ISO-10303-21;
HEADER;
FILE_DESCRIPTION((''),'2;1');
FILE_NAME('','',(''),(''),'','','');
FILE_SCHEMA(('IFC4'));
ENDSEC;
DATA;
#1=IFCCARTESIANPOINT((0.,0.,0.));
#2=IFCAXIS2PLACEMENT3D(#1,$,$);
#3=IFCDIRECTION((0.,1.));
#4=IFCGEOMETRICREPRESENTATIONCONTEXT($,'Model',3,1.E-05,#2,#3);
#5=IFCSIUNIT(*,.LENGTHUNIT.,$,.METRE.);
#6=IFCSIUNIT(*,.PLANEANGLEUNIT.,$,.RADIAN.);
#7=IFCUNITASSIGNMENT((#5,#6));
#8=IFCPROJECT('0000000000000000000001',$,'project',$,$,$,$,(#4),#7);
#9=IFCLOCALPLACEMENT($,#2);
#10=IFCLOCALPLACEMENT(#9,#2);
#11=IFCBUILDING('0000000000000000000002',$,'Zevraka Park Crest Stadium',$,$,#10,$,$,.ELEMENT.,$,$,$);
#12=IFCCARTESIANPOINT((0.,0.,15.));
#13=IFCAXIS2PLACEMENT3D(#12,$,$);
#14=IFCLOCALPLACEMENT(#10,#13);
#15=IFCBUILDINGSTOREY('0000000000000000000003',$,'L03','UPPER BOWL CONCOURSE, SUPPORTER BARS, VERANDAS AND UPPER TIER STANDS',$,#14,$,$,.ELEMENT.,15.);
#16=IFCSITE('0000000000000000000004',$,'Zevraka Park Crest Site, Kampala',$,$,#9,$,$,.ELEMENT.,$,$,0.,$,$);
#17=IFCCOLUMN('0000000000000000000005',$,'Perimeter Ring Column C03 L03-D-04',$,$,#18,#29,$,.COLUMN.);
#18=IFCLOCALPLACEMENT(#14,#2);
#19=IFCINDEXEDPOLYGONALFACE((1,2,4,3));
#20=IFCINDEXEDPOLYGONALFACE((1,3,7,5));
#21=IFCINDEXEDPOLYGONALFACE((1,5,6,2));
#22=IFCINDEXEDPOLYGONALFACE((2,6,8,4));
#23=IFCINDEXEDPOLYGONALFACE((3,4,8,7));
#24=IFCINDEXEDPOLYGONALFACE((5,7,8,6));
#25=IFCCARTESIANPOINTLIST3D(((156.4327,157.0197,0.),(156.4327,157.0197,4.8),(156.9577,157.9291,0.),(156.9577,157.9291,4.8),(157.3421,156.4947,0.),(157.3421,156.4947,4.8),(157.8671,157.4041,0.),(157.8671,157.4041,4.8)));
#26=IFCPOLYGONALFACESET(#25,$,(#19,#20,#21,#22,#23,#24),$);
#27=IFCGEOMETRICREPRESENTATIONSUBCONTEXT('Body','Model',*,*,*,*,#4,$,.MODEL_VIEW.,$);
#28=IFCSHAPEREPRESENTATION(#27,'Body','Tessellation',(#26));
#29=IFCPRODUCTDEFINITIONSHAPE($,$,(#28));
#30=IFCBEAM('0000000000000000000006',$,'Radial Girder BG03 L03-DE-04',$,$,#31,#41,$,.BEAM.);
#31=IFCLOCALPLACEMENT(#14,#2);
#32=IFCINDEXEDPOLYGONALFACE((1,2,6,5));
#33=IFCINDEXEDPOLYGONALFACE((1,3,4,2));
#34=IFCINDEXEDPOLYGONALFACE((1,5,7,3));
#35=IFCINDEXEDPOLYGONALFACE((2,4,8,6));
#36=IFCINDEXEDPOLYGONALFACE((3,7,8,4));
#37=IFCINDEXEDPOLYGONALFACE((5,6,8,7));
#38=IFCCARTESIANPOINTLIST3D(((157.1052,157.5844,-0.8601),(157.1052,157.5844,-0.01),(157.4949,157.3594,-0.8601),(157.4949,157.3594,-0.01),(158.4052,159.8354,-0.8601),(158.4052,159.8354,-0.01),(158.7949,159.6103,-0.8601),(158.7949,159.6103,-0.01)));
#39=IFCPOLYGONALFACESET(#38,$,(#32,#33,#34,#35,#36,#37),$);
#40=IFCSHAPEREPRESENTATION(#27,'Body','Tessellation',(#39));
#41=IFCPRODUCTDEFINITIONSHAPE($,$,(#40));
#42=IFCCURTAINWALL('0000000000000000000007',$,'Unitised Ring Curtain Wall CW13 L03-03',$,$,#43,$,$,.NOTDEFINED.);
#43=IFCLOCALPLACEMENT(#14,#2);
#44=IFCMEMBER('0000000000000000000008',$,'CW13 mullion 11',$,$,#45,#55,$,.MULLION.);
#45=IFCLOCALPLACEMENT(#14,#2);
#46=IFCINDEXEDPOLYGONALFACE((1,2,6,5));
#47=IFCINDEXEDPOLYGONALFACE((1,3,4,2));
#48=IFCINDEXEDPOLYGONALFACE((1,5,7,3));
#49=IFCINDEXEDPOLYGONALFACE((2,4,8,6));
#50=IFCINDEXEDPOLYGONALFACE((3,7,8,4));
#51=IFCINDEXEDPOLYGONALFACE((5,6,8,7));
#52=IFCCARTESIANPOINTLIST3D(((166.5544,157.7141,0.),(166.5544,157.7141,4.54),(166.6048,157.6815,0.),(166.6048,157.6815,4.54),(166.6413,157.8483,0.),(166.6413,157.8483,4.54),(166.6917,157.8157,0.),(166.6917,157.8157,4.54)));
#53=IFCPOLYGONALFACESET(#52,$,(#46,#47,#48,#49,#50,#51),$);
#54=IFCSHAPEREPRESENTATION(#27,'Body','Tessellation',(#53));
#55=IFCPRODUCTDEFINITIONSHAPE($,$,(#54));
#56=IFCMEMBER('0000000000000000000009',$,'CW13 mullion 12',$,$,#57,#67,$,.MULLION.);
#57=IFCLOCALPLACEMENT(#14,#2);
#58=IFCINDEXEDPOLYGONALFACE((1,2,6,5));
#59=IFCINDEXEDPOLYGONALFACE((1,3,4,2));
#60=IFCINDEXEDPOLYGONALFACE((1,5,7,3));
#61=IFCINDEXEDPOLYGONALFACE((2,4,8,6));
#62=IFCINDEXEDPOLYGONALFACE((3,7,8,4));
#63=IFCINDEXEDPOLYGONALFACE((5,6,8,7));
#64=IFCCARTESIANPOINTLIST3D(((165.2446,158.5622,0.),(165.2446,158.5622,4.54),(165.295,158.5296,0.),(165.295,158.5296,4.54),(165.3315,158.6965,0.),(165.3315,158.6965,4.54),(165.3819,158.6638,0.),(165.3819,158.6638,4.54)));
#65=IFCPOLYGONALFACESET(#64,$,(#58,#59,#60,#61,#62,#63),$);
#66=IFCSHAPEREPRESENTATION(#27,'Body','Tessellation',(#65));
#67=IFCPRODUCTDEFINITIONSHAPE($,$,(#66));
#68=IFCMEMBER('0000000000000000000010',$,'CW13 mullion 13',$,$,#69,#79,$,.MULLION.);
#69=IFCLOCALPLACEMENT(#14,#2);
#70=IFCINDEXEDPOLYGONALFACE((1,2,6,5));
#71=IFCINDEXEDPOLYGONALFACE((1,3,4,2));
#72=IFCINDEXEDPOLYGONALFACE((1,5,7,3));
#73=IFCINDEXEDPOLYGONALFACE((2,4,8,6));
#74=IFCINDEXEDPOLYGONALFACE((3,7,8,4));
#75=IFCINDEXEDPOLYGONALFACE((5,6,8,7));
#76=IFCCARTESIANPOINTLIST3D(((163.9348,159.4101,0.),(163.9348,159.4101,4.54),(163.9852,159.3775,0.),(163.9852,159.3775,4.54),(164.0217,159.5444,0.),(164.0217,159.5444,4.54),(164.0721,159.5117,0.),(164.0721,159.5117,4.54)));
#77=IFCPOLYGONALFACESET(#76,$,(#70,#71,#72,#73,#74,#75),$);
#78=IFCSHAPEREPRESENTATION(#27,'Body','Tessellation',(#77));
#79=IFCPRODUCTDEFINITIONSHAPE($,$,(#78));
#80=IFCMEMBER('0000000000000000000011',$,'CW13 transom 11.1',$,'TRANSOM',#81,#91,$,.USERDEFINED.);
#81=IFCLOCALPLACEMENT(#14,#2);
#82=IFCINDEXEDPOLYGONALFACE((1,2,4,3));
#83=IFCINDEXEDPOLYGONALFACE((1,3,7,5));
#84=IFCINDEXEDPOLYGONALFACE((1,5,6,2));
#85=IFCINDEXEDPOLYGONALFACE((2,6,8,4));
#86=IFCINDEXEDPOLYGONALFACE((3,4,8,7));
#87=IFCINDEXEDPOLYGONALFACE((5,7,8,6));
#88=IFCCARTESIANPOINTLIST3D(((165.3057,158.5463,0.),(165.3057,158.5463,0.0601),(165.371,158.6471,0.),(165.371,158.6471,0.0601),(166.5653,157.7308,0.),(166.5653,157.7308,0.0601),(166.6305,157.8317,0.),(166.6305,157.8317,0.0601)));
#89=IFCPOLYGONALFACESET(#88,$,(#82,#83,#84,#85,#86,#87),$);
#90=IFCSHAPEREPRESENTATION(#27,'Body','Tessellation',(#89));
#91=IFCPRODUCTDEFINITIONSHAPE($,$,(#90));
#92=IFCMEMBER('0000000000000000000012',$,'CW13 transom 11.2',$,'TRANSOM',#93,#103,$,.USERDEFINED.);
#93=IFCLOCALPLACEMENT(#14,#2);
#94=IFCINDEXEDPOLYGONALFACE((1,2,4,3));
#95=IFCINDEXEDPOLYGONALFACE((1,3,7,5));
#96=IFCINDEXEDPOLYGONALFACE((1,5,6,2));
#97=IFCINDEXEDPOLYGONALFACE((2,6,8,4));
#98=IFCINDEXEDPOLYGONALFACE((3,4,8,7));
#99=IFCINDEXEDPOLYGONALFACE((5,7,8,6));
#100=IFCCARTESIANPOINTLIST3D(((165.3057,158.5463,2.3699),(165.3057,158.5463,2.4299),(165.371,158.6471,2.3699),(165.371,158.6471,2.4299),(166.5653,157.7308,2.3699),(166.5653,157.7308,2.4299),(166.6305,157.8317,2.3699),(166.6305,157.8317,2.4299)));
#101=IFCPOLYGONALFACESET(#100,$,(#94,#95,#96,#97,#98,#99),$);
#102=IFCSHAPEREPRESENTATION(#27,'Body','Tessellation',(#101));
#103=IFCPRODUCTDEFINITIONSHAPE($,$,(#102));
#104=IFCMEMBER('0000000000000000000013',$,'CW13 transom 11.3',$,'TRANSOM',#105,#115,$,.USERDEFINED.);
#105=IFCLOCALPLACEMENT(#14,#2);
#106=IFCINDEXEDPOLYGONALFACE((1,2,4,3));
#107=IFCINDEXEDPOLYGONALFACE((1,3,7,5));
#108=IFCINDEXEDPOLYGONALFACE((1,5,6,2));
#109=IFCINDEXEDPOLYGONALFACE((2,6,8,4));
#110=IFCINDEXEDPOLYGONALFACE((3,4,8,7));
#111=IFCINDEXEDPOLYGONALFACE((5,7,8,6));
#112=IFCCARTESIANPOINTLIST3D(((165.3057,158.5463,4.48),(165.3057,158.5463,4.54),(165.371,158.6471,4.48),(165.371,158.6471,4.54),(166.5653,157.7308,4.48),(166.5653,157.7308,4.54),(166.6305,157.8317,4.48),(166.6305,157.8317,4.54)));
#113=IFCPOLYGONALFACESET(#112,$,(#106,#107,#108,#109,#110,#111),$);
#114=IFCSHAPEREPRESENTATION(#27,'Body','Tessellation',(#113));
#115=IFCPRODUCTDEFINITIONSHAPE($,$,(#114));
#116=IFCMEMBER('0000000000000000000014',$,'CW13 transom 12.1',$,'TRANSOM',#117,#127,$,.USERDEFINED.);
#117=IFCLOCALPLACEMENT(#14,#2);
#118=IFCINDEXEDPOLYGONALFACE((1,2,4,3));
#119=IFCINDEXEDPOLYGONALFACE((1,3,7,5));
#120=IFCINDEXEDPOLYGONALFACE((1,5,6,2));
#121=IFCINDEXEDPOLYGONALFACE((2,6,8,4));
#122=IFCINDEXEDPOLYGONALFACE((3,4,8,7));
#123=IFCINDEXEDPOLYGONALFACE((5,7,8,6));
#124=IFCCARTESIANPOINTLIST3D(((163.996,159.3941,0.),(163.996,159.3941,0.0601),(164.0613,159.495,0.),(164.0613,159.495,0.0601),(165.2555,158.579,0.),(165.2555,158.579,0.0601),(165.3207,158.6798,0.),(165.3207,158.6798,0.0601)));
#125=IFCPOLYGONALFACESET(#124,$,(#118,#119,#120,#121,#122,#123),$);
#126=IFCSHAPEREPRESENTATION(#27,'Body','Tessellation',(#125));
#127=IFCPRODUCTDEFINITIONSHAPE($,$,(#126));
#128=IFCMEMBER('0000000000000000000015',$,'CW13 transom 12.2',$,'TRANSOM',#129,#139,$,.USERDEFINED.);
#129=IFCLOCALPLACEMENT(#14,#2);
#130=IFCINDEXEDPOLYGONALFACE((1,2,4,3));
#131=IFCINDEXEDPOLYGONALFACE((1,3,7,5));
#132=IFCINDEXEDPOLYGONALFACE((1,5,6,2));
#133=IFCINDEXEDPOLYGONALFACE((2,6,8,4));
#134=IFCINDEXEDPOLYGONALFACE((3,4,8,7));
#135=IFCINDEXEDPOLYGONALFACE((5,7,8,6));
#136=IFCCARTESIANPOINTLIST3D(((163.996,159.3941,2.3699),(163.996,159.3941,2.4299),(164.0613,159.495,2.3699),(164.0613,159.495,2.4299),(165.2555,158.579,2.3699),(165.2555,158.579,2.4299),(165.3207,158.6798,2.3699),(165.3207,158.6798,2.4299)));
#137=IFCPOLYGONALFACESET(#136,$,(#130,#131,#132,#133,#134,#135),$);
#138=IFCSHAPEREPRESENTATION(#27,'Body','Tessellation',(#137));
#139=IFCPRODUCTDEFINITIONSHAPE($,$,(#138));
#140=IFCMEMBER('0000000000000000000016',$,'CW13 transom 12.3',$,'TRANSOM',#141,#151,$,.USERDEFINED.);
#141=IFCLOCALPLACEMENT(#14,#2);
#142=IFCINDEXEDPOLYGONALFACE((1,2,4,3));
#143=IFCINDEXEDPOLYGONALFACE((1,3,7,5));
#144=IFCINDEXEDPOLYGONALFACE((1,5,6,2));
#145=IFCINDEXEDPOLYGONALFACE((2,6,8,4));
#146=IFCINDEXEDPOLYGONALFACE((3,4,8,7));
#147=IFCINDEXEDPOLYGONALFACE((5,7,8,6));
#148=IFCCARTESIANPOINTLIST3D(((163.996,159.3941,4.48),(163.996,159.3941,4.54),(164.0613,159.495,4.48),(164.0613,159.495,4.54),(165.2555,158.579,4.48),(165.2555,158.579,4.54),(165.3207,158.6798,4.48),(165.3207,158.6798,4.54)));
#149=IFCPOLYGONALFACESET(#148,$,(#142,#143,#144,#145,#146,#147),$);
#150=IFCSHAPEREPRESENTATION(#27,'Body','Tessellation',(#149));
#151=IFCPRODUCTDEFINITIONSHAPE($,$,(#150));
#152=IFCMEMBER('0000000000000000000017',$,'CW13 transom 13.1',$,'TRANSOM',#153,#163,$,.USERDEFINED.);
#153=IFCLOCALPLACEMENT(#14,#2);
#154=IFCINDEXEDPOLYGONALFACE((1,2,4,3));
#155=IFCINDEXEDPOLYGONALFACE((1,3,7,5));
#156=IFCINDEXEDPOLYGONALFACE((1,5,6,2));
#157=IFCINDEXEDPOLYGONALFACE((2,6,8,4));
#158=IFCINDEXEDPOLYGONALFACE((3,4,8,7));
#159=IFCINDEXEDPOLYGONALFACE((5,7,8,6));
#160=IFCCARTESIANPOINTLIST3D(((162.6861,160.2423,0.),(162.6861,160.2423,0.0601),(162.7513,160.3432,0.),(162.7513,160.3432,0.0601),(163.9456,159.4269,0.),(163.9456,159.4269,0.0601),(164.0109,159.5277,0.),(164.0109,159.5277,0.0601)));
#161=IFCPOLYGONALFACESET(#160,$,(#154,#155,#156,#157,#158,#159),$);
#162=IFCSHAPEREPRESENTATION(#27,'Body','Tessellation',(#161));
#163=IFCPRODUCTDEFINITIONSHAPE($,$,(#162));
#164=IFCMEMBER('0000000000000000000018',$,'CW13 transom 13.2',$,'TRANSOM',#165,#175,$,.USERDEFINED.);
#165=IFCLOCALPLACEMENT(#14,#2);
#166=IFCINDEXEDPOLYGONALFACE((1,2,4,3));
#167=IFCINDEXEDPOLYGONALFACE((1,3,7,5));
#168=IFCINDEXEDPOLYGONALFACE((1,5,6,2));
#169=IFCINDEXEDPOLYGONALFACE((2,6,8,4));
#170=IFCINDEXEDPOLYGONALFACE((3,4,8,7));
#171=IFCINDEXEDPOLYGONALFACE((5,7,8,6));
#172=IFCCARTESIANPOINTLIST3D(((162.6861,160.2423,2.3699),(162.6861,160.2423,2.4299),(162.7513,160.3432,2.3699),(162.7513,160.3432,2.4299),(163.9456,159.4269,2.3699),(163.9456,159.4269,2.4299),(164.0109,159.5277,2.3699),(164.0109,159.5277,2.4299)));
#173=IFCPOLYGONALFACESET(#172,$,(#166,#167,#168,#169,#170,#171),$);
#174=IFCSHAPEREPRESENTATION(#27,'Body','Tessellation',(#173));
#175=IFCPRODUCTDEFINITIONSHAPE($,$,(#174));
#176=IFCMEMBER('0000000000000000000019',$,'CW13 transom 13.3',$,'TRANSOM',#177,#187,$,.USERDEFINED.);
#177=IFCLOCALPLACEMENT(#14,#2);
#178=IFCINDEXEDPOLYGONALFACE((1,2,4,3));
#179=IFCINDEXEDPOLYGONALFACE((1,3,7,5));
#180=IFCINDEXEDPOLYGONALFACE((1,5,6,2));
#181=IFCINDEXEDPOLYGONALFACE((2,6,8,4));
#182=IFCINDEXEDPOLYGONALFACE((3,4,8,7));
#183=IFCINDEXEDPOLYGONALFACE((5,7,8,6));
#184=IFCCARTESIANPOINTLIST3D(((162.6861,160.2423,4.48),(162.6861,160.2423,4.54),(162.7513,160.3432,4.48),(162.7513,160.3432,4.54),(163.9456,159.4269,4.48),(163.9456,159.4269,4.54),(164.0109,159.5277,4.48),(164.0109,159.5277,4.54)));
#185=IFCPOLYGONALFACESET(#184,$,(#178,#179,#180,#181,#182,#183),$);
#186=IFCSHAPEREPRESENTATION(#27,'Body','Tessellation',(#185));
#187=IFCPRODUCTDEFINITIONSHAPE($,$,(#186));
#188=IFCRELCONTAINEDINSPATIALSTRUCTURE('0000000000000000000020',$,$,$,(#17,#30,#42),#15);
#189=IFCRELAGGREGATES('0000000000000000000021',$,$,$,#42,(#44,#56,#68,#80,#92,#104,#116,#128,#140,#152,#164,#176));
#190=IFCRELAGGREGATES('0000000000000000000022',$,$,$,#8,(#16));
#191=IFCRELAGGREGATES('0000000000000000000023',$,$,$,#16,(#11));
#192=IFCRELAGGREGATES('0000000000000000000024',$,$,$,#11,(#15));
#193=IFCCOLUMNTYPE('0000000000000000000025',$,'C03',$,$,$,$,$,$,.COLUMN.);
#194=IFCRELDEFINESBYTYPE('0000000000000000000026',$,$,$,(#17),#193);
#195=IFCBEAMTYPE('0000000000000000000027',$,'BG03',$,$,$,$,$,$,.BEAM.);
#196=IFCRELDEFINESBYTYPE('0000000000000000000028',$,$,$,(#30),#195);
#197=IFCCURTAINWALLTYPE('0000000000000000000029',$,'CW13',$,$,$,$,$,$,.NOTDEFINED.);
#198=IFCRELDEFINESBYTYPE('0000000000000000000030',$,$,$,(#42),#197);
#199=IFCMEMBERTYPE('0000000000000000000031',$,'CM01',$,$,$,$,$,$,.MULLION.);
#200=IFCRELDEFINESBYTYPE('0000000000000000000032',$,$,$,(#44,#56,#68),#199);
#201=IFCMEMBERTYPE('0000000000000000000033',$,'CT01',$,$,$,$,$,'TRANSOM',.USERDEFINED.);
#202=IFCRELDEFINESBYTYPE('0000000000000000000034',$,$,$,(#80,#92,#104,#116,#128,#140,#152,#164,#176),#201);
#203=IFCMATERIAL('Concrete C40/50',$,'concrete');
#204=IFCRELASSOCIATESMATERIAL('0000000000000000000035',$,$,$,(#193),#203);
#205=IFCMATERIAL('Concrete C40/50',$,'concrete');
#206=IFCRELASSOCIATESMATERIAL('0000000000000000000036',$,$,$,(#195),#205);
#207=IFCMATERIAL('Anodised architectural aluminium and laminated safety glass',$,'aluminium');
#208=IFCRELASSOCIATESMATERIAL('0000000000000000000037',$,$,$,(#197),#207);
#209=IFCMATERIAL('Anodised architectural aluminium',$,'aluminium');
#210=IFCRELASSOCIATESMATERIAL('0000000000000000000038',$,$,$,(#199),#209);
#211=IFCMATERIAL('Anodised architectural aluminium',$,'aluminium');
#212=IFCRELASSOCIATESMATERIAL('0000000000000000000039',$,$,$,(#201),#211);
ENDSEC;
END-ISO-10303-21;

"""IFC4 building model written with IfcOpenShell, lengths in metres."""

from ifc_helpers import new_model, si_unit, direction, frame, origin, origin_2d, place, context, subcontext, project, spatial, rectangle, extrude, material, material_profile, profile_set, type_object, element, aggregate, save


model = new_model("IFC4")

# Units and contexts
model_context = context("Model", 3, precision=1e-05, world=origin(), true_north=direction((0.0, 1.0)))
body_context = subcontext(model_context, "Body", "Model", "MODEL_VIEW")
ifc_project = project(units=[si_unit("LENGTHUNIT", "METRE"), si_unit("PLANEANGLEUNIT", "RADIAN")], contexts=[model_context])

# Site, building, storey
site_placement = place(None, origin())
site = spatial("IfcSite", under=ifc_project, at=site_placement, Name="Zevraka Park Crest Site, Kampala", CompositionType="ELEMENT", RefElevation=0.0)
building_placement = place(site_placement, origin())
building = spatial("IfcBuilding", under=site, at=building_placement, Name="Zevraka Park Crest Stadium", CompositionType="ELEMENT")
storey_placement = place(building_placement, frame((0.0, 0.0, 15.0)))
storey = spatial("IfcBuildingStorey", under=building, at=storey_placement, Name="L03", Description="UPPER BOWL CONCOURSE, SUPPORTER BARS, VERANDAS AND UPPER TIER STANDS", CompositionType="ELEMENT", Elevation=15.0)

# Column
ifc_material_1 = material(Name="Concrete C40/50", Category="concrete")
ifc_material_profile_1 = material_profile(ifc_material_1, rectangle(XDim=1.05, YDim=1.05, at=origin_2d()), Name="RC 1050x1050")
ifc_profile_set_1 = profile_set([ifc_material_profile_1], Name="Concrete C40/50")
column_type = type_object("IfcColumnType", Name="C03", PredefinedType="COLUMN", material=ifc_profile_set_1)
column_placement = place(storey_placement, frame((157.1499, 157.2119, 0.0), z_axis=(0.0, 0.0, 1.0), x_axis=(0.5, 0.866025, 0.0)))
element("IfcColumn", 1, at=column_placement, inside=storey, type_object=column_type, Name="Perimeter Ring Column C03 L03-D-04", PredefinedType="COLUMN", context=body_context, shape_type="SweptSolid", body=[
    extrude(rectangle(XDim=1.05, YDim=1.05, at=origin_2d()), origin(), (0.0, 0.0, 1.0), 4.8),
])

# Beam
ifc_material_2 = material(Name="Concrete C40/50", Category="concrete")
ifc_material_profile_2 = material_profile(ifc_material_2, rectangle(XDim=0.45, YDim=0.8501, at=origin_2d()), Name="RC 850x450")
ifc_profile_set_2 = profile_set([ifc_material_profile_2], Name="Concrete C40/50")
beam_type_1 = type_object("IfcBeamType", Name="BG03", PredefinedType="BEAM", material=ifc_profile_set_2)
beam_1_placement = place(storey_placement, frame((157.3, 157.4719, -0.4351), z_axis=(0.500129, 0.865951, 0.0), x_axis=(-0.865951, 0.500129, 0.0)))
element("IfcBeam", 2, at=beam_1_placement, inside=storey, type_object=beam_type_1, Name="Radial Girder BG03 L03-DE-04", PredefinedType="BEAM", context=body_context, shape_type="SweptSolid", body=[
    extrude(rectangle(XDim=0.45, YDim=0.8501, at=origin_2d()), origin(), (0.0, 0.0, 1.0), 2.5994),
])

# Curtain wall, members
ifc_material_3 = material(Name="Anodised architectural aluminium and laminated safety glass", Category="aluminium")
curtain_wall_type = type_object("IfcCurtainWallType", Name="CW13", PredefinedType="NOTDEFINED", material=ifc_material_3)
curtain_wall_placement = place(storey_placement, origin())
curtain_wall = element("IfcCurtainWall", 3, at=curtain_wall_placement, inside=storey, type_object=curtain_wall_type, Name="Unitised Ring Curtain Wall CW13 L03-03", PredefinedType="NOTDEFINED")
ifc_material_4 = material(Name="Anodised architectural aluminium", Category="aluminium")
ifc_material_profile_3 = material_profile(ifc_material_4, rectangle(XDim=0.1599, YDim=0.0601, at=origin_2d()), Name="ALU MULLION 160x60")
ifc_profile_set_3 = profile_set([ifc_material_profile_3], Name="Anodised architectural aluminium")
member_type_1 = type_object("IfcMemberType", Name="CM01", PredefinedType="MULLION", material=ifc_profile_set_3)
member_1_placement = place(storey_placement, frame((166.623, 157.7649, 0.0), z_axis=(0.0, 0.0, 1.0), x_axis=(-0.543469, -0.839429, 0.0)))
member_1 = element("IfcMember", 4, at=member_1_placement, type_object=member_type_1, Name="CW13 mullion 11", PredefinedType="MULLION", context=body_context, shape_type="SweptSolid", body=[
    extrude(rectangle(XDim=0.1599, YDim=0.0601, at=origin_2d()), origin(), (0.0, 0.0, 1.0), 4.54),
])
member_2_placement = place(storey_placement, frame((165.3132, 158.613, 0.0), z_axis=(0.0, 0.0, 1.0), x_axis=(-0.543469, -0.839429, 0.0)))
member_2 = element("IfcMember", 5, at=member_2_placement, type_object=member_type_1, Name="CW13 mullion 12", PredefinedType="MULLION", context=body_context, shape_type="SweptSolid", body=[
    extrude(rectangle(XDim=0.1599, YDim=0.0601, at=origin_2d()), origin(), (0.0, 0.0, 1.0), 4.54),
])
member_3_placement = place(storey_placement, frame((164.0034, 159.4609, 0.0), z_axis=(0.0, 0.0, 1.0), x_axis=(-0.543469, -0.839429, 0.0)))
member_3 = element("IfcMember", 6, at=member_3_placement, type_object=member_type_1, Name="CW13 mullion 13", PredefinedType="MULLION", context=body_context, shape_type="SweptSolid", body=[
    extrude(rectangle(XDim=0.1599, YDim=0.0601, at=origin_2d()), origin(), (0.0, 0.0, 1.0), 4.54),
])
ifc_material_5 = material(Name="Anodised architectural aluminium", Category="aluminium")
ifc_material_profile_4 = material_profile(ifc_material_5, rectangle(XDim=0.1201, YDim=0.0601, at=origin_2d()), Name="ALU TRANSOM 120x60")
ifc_profile_set_4 = profile_set([ifc_material_profile_4], Name="Anodised architectural aluminium")
member_type_2 = type_object("IfcMemberType", Name="CT01", ElementType="TRANSOM", PredefinedType="USERDEFINED", material=ifc_profile_set_4)
member_4_placement = place(storey_placement, frame((166.5979, 157.7812, 0.03), z_axis=(-0.839435, 0.54346, 0.0), x_axis=(-0.54346, -0.839435, 0.0)))
member_4 = element("IfcMember", 7, at=member_4_placement, type_object=member_type_2, Name="CW13 transom 11.1", ObjectType="TRANSOM", PredefinedType="USERDEFINED", context=body_context, shape_type="SweptSolid", body=[
    extrude(rectangle(XDim=0.1201, YDim=0.0601, at=origin_2d()), origin(), (0.0, 0.0, 1.0), 1.5005),
])
member_5_placement = place(storey_placement, frame((166.5979, 157.7812, 2.3999), z_axis=(-0.839435, 0.54346, 0.0), x_axis=(-0.54346, -0.839435, 0.0)))
member_5 = element("IfcMember", 8, at=member_5_placement, type_object=member_type_2, Name="CW13 transom 11.2", ObjectType="TRANSOM", PredefinedType="USERDEFINED", context=body_context, shape_type="SweptSolid", body=[
    extrude(rectangle(XDim=0.1201, YDim=0.0601, at=origin_2d()), origin(), (0.0, 0.0, 1.0), 1.5005),
])
member_6_placement = place(storey_placement, frame((166.5979, 157.7812, 4.51), z_axis=(-0.839435, 0.54346, 0.0), x_axis=(-0.54346, -0.839435, 0.0)))
member_6 = element("IfcMember", 9, at=member_6_placement, type_object=member_type_2, Name="CW13 transom 11.3", ObjectType="TRANSOM", PredefinedType="USERDEFINED", context=body_context, shape_type="SweptSolid", body=[
    extrude(rectangle(XDim=0.1201, YDim=0.0601, at=origin_2d()), origin(), (0.0, 0.0, 1.0), 1.5005),
])
member_7_placement = place(storey_placement, frame((165.2881, 158.6294, 0.03), z_axis=(-0.839509, 0.543346, 0.0), x_axis=(-0.543346, -0.839509, 0.0)))
member_7 = element("IfcMember", 10, at=member_7_placement, type_object=member_type_2, Name="CW13 transom 12.1", ObjectType="TRANSOM", PredefinedType="USERDEFINED", context=body_context, shape_type="SweptSolid", body=[
    extrude(rectangle(XDim=0.1201, YDim=0.0601, at=origin_2d()), origin(), (0.0, 0.0, 1.0), 1.5002),
])
member_8_placement = place(storey_placement, frame((165.2881, 158.6294, 2.3999), z_axis=(-0.839509, 0.543346, 0.0), x_axis=(-0.543346, -0.839509, 0.0)))
member_8 = element("IfcMember", 11, at=member_8_placement, type_object=member_type_2, Name="CW13 transom 12.2", ObjectType="TRANSOM", PredefinedType="USERDEFINED", context=body_context, shape_type="SweptSolid", body=[
    extrude(rectangle(XDim=0.1201, YDim=0.0601, at=origin_2d()), origin(), (0.0, 0.0, 1.0), 1.5002),
])
member_9_placement = place(storey_placement, frame((165.2881, 158.6294, 4.51), z_axis=(-0.839509, 0.543346, 0.0), x_axis=(-0.543346, -0.839509, 0.0)))
member_9 = element("IfcMember", 12, at=member_9_placement, type_object=member_type_2, Name="CW13 transom 12.3", ObjectType="TRANSOM", PredefinedType="USERDEFINED", context=body_context, shape_type="SweptSolid", body=[
    extrude(rectangle(XDim=0.1201, YDim=0.0601, at=origin_2d()), origin(), (0.0, 0.0, 1.0), 1.5002),
])
member_10_placement = place(storey_placement, frame((163.9783, 159.4773, 0.03), z_axis=(-0.839435, 0.54346, 0.0), x_axis=(-0.54346, -0.839435, 0.0)))
member_10 = element("IfcMember", 13, at=member_10_placement, type_object=member_type_2, Name="CW13 transom 13.1", ObjectType="TRANSOM", PredefinedType="USERDEFINED", context=body_context, shape_type="SweptSolid", body=[
    extrude(rectangle(XDim=0.1201, YDim=0.0601, at=origin_2d()), origin(), (0.0, 0.0, 1.0), 1.5005),
])
member_11_placement = place(storey_placement, frame((163.9783, 159.4773, 2.3999), z_axis=(-0.839435, 0.54346, 0.0), x_axis=(-0.54346, -0.839435, 0.0)))
member_11 = element("IfcMember", 14, at=member_11_placement, type_object=member_type_2, Name="CW13 transom 13.2", ObjectType="TRANSOM", PredefinedType="USERDEFINED", context=body_context, shape_type="SweptSolid", body=[
    extrude(rectangle(XDim=0.1201, YDim=0.0601, at=origin_2d()), origin(), (0.0, 0.0, 1.0), 1.5005),
])
member_12_placement = place(storey_placement, frame((163.9783, 159.4773, 4.51), z_axis=(-0.839435, 0.54346, 0.0), x_axis=(-0.54346, -0.839435, 0.0)))
member_12 = element("IfcMember", 15, at=member_12_placement, type_object=member_type_2, Name="CW13 transom 13.3", ObjectType="TRANSOM", PredefinedType="USERDEFINED", context=body_context, shape_type="SweptSolid", body=[
    extrude(rectangle(XDim=0.1201, YDim=0.0601, at=origin_2d()), origin(), (0.0, 0.0, 1.0), 1.5005),
])

aggregate(curtain_wall, [member_1, member_2, member_3, member_4, member_5, member_6, member_7, member_8, member_9, member_10, member_11, member_12])

save(model, "model.ifc")
